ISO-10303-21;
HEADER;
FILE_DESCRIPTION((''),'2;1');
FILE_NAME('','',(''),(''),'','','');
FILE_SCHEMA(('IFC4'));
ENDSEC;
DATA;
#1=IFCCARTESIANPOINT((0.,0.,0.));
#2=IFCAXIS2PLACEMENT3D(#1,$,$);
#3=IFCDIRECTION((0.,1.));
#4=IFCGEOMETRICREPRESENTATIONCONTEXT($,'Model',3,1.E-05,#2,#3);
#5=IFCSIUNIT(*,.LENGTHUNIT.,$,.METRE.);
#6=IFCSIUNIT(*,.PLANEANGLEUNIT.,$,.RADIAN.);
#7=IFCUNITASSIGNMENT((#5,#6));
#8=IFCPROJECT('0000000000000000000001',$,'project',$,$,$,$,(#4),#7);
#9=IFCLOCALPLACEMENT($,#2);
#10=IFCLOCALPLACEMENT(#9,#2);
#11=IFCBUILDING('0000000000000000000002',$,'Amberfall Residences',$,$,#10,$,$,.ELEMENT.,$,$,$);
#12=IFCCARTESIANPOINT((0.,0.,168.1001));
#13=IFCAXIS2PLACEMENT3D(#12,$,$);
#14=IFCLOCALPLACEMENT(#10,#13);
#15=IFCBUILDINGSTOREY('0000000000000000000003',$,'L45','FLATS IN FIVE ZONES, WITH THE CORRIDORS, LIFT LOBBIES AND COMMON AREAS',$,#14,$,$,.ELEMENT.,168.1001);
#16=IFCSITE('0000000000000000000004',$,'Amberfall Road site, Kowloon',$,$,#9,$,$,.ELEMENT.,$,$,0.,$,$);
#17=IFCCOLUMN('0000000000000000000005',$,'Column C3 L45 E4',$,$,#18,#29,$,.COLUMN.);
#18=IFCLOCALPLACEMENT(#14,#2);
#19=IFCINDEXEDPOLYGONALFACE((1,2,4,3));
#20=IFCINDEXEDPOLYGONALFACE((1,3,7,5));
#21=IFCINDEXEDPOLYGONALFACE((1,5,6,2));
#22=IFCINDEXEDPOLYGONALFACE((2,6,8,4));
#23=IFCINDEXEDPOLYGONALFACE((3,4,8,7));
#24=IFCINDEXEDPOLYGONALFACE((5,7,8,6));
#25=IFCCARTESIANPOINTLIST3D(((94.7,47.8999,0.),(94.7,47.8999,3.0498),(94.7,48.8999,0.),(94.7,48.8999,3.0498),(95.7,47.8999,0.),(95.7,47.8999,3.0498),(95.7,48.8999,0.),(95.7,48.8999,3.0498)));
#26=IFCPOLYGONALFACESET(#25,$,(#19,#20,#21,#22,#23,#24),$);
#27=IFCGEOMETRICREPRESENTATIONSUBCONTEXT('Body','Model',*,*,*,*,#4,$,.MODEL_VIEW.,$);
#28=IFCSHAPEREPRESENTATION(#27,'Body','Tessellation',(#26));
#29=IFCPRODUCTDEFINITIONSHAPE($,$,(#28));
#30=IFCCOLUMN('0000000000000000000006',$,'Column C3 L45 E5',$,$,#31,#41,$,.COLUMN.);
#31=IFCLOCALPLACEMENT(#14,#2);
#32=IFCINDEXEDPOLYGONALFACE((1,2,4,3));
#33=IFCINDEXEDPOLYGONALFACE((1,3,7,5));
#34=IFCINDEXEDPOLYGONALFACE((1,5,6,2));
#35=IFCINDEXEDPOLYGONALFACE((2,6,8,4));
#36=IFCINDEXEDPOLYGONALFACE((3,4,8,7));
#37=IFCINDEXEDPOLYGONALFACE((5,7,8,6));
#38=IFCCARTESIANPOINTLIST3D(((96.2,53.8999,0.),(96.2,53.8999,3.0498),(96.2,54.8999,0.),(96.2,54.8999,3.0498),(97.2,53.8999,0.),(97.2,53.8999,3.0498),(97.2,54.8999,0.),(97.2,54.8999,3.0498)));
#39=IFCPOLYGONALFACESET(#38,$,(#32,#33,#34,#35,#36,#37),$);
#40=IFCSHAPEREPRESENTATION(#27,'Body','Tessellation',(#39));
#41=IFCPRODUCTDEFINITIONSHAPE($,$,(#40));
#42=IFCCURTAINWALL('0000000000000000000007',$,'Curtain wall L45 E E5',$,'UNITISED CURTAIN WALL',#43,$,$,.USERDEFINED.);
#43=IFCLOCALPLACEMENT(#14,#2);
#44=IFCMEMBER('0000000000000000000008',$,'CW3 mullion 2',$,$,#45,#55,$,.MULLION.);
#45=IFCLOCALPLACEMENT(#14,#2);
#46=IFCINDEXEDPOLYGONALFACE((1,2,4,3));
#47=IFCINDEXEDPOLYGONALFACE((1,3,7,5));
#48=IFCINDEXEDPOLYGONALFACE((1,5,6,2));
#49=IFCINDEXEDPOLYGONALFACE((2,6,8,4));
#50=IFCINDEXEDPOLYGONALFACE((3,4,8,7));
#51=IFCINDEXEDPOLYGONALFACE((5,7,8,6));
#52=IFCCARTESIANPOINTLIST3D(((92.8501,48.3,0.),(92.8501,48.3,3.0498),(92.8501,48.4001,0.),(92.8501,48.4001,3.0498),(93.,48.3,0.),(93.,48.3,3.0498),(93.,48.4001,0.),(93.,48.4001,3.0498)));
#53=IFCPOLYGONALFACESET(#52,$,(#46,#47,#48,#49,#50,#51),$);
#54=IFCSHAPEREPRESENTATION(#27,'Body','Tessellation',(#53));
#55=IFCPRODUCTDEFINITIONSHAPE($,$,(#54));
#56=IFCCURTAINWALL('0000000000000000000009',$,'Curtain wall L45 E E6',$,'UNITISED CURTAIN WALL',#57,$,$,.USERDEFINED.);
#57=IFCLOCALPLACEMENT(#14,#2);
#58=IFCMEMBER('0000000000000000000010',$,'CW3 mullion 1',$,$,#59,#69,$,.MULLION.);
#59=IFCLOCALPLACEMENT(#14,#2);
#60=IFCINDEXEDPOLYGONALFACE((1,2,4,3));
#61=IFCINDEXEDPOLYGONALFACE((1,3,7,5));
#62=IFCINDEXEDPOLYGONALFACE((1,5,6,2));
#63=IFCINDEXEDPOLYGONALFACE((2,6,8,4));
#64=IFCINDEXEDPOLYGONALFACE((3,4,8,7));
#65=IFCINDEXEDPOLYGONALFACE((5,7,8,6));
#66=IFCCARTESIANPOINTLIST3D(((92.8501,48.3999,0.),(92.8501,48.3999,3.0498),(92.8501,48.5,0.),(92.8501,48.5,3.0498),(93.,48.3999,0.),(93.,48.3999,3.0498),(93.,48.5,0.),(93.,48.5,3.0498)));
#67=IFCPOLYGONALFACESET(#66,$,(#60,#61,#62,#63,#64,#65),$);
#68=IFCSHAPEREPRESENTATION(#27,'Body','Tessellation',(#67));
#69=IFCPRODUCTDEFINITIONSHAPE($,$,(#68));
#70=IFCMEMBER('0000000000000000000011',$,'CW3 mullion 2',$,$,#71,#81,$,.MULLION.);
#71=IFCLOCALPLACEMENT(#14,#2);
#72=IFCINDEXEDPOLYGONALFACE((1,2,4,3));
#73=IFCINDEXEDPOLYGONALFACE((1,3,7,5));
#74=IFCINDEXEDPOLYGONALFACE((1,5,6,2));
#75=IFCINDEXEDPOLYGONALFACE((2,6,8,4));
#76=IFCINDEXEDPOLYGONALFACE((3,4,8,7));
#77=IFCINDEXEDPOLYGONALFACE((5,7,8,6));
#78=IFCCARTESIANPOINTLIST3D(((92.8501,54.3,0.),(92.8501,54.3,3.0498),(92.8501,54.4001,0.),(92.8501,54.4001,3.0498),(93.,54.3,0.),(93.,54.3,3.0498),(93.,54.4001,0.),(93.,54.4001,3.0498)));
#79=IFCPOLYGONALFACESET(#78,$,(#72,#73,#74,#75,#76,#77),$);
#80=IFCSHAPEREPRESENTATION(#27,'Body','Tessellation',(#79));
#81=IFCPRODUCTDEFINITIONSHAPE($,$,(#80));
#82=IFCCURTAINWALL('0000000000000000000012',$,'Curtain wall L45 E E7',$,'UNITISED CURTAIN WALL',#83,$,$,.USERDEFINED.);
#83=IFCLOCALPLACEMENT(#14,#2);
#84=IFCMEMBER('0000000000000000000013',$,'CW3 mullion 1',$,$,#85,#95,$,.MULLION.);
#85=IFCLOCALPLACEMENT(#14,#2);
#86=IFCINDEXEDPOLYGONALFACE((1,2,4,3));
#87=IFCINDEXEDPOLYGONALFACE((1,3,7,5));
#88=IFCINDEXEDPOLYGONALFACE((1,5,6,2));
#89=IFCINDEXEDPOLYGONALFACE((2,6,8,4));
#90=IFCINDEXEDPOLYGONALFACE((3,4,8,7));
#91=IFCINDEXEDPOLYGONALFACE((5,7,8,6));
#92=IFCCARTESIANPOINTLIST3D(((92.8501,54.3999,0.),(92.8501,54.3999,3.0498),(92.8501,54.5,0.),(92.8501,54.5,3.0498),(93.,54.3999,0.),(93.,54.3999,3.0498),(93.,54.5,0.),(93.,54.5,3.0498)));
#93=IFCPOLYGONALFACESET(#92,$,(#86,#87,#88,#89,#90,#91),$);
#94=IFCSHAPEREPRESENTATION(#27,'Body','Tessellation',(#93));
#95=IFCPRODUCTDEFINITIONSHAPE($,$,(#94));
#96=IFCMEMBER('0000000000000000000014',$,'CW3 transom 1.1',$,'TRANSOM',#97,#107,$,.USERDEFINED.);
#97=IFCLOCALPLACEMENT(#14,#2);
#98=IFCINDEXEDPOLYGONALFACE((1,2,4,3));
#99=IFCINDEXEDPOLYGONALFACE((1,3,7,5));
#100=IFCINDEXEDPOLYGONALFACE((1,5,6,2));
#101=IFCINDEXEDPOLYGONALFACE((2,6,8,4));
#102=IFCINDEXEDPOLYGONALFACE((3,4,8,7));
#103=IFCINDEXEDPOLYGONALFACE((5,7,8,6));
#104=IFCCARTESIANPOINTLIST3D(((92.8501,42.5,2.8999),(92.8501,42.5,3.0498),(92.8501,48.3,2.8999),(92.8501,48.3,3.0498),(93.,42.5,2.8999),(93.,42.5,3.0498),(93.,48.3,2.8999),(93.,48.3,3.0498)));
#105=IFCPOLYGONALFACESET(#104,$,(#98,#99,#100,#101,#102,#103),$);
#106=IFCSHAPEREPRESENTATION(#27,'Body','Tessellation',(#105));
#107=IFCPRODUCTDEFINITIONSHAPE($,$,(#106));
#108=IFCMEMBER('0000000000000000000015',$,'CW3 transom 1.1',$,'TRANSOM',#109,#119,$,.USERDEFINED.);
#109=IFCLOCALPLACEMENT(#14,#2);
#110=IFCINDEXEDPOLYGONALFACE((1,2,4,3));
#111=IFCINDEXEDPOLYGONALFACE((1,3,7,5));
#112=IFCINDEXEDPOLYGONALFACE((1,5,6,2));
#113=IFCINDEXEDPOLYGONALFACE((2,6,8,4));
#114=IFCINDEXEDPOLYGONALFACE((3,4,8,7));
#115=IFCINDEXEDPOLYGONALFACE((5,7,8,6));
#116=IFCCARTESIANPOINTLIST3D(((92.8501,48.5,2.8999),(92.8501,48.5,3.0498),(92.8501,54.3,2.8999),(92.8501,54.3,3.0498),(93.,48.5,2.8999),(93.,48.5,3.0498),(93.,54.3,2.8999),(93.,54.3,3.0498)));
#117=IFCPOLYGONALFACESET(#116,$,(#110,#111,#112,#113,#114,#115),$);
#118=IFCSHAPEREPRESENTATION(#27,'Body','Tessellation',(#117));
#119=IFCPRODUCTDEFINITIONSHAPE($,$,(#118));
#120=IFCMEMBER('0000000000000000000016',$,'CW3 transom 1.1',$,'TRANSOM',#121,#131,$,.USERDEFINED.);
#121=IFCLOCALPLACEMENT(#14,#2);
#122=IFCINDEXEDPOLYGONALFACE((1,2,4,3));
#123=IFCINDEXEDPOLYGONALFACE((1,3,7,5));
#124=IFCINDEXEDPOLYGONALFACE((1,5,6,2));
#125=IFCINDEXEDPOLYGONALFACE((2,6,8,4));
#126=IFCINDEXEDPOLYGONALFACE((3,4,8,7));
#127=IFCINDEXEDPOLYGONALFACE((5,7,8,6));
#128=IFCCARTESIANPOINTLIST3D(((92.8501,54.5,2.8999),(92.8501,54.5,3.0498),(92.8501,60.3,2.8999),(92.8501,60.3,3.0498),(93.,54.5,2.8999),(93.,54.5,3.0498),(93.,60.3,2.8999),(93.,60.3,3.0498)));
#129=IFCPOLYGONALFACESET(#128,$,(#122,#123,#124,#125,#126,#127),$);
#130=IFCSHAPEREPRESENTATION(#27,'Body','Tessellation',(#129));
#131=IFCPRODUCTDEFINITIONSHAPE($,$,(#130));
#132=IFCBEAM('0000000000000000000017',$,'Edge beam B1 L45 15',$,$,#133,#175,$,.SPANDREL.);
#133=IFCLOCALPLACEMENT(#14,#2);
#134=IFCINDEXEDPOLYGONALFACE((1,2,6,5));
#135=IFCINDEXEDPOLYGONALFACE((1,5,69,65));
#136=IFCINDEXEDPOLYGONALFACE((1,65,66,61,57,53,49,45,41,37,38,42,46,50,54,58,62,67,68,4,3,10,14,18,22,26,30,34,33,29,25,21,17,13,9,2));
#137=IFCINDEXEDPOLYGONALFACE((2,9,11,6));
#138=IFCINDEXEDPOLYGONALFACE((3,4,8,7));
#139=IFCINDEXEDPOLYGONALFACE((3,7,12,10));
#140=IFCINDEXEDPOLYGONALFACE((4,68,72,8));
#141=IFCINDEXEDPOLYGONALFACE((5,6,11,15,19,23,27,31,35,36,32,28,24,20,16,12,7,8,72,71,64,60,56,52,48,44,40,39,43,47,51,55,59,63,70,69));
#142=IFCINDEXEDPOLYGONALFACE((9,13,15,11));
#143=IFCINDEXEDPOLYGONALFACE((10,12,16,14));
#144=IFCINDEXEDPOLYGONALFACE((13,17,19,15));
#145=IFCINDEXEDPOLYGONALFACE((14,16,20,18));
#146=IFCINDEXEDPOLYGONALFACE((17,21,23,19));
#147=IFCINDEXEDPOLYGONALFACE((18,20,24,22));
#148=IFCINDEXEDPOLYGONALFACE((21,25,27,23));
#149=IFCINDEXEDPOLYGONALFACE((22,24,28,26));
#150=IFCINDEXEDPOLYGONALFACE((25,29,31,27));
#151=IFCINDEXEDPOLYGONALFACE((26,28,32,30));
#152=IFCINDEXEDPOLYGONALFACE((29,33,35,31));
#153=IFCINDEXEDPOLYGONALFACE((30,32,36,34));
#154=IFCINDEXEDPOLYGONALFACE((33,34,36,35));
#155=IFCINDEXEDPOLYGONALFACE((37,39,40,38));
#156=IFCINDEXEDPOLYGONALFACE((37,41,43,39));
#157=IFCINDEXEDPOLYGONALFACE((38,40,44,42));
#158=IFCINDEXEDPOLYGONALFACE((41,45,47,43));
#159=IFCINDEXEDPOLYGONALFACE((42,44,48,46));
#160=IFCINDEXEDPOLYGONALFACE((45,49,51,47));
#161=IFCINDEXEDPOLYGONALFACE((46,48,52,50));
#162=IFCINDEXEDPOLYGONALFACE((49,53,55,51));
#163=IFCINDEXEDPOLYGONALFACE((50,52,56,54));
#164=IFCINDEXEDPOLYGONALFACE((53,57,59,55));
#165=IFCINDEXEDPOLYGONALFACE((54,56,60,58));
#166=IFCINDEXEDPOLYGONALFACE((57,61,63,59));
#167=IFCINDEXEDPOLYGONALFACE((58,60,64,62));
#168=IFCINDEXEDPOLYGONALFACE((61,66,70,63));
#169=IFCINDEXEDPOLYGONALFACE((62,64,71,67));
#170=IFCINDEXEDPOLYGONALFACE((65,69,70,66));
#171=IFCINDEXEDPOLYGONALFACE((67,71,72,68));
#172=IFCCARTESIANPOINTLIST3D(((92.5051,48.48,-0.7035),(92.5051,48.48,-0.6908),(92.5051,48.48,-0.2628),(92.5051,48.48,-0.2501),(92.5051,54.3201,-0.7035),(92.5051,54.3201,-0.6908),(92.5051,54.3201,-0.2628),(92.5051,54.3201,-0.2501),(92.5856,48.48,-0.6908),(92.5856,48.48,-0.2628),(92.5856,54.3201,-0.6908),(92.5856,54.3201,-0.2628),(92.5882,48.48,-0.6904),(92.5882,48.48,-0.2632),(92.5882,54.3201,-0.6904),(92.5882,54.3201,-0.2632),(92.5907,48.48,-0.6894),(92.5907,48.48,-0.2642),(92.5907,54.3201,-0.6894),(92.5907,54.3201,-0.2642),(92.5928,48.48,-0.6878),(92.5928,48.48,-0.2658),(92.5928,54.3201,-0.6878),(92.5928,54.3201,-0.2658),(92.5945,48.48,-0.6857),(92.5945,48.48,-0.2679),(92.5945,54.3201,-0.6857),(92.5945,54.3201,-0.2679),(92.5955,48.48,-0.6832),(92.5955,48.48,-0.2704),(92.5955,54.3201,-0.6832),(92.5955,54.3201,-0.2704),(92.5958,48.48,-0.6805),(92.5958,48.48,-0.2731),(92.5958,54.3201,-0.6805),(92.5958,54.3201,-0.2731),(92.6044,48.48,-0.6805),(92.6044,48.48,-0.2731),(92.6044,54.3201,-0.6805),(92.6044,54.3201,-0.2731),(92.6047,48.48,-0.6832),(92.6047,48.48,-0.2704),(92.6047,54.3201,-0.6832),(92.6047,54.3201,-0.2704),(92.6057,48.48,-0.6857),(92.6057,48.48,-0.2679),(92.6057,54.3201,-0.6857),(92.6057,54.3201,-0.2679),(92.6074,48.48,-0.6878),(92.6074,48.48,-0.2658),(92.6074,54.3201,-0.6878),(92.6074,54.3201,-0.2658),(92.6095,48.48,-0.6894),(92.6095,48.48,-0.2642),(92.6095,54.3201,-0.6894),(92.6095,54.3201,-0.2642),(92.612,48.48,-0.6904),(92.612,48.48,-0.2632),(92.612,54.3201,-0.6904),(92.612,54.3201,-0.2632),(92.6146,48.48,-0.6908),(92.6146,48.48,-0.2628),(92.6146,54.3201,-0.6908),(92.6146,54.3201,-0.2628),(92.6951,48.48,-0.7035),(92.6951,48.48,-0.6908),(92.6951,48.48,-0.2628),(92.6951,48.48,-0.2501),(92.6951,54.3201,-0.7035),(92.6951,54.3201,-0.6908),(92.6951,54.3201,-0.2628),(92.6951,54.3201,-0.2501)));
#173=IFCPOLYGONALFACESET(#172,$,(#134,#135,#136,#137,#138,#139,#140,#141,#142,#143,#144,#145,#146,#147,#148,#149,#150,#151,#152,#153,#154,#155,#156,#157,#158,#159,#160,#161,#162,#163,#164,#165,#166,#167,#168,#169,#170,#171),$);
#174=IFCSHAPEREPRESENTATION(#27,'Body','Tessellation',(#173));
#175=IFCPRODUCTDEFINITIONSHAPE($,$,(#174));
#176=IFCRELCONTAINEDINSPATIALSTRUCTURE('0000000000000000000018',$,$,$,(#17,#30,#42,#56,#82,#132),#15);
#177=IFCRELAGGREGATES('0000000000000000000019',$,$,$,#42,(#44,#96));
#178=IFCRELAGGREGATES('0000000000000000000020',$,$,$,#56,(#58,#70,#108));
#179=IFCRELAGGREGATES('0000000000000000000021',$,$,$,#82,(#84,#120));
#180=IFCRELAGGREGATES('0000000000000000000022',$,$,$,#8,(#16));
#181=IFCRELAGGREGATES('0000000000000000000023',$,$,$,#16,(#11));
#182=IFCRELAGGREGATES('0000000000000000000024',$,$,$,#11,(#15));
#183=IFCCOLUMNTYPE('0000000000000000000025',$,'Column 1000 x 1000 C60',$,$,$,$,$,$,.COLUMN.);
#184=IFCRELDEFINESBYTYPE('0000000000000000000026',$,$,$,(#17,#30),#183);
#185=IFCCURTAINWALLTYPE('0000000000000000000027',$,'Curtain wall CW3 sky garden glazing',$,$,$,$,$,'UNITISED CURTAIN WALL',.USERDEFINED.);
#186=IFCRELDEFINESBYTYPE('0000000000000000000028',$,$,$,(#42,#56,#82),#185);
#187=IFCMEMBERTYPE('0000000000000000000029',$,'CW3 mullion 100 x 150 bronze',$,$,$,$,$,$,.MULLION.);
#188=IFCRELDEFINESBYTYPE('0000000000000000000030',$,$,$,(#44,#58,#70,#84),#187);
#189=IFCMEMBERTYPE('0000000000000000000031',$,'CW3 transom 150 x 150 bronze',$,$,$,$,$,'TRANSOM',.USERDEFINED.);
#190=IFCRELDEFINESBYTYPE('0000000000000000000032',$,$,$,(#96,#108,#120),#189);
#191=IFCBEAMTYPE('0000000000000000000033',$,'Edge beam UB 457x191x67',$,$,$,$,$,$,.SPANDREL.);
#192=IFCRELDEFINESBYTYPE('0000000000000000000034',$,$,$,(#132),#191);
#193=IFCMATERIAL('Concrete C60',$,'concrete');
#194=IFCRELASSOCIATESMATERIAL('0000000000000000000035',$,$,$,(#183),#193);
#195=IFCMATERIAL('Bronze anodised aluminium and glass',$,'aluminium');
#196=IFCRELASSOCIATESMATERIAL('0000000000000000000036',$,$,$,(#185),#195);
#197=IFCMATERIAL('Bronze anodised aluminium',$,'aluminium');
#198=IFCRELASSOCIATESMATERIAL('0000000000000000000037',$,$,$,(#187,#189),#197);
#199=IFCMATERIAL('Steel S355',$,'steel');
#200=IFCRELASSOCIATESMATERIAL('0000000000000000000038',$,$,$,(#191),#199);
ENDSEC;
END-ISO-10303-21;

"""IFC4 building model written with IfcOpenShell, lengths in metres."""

from ifc_helpers import new_model, si_unit, direction, frame, origin, origin_2d, place, context, subcontext, project, spatial, rectangle, i_section, extrude, material, material_profile, profile_set, type_object, element, aggregate, save


model = new_model("IFC4")

# Units and contexts
model_context = context("Model", 3, precision=1e-05, world=origin(), true_north=direction((0.0, 1.0)))
body_context = subcontext(model_context, "Body", "Model", "MODEL_VIEW")
ifc_project = project(units=[si_unit("LENGTHUNIT", "METRE"), si_unit("PLANEANGLEUNIT", "RADIAN")], contexts=[model_context])

# Site, building, storey
site_placement = place(None, origin())
site = spatial("IfcSite", under=ifc_project, at=site_placement, Name="Amberfall Road site, Kowloon", CompositionType="ELEMENT", RefElevation=0.0)
building_placement = place(site_placement, origin())
building = spatial("IfcBuilding", under=site, at=building_placement, Name="Amberfall Residences", CompositionType="ELEMENT")
storey_placement = place(building_placement, frame((0.0, 0.0, 168.1001)))
storey = spatial("IfcBuildingStorey", under=building, at=storey_placement, Name="L45", Description="FLATS IN FIVE ZONES, WITH THE CORRIDORS, LIFT LOBBIES AND COMMON AREAS", CompositionType="ELEMENT", Elevation=168.1001)

# Columns
ifc_material_1 = material(Name="Concrete C60", Category="concrete")
ifc_material_profile_1 = material_profile(ifc_material_1, rectangle(XDim=1.0, YDim=1.0, at=origin_2d()), Name="Column 1000 x 1000 C60")
ifc_profile_set_1 = profile_set([ifc_material_profile_1], Name="Concrete C60")
column_type = type_object("IfcColumnType", Name="Column 1000 x 1000 C60", PredefinedType="COLUMN", material=ifc_profile_set_1)
for number, where, z_axis, x_axis, name in (
    (1, (95.2, 48.3999, 0.0), (0.0, 0.0, 1.0), (1.0, 0.0, 0.0), "Column C3 L45 E4"),
    (2, (96.7, 54.3999, 0.0), (0.0, 0.0, 1.0), (1.0, 0.0, 0.0), "Column C3 L45 E5"),
):
    element("IfcColumn", number, at=place(storey_placement, frame(where, z_axis=z_axis, x_axis=x_axis)), inside=storey, type_object=column_type, Name=name, PredefinedType="COLUMN", context=body_context, shape_type="SweptSolid", body=[
        extrude(rectangle(XDim=1.0, YDim=1.0, at=origin_2d()), origin(), (0.0, 0.0, 1.0), 3.0498),
    ])

# Curtain wall, member
ifc_material_2 = material(Name="Bronze anodised aluminium and glass", Category="aluminium")
curtain_wall_type = type_object("IfcCurtainWallType", Name="Curtain wall CW3 sky garden glazing", ElementType="UNITISED CURTAIN WALL", PredefinedType="USERDEFINED", material=ifc_material_2)
curtain_wall_1_placement = place(storey_placement, origin())
curtain_wall_1 = element("IfcCurtainWall", 3, at=curtain_wall_1_placement, inside=storey, type_object=curtain_wall_type, Name="Curtain wall L45 E E5", ObjectType="UNITISED CURTAIN WALL", PredefinedType="USERDEFINED")
ifc_material_3 = material(Name="Bronze anodised aluminium", Category="aluminium")
ifc_material_profile_2 = material_profile(ifc_material_3, rectangle(XDim=0.1499, YDim=0.1001, at=origin_2d()), Name="CW3 mullion 100 x 150 bronze")
ifc_profile_set_2 = profile_set([ifc_material_profile_2], Name="Bronze anodised aluminium")
member_type_1 = type_object("IfcMemberType", Name="CW3 mullion 100 x 150 bronze", PredefinedType="MULLION", material=ifc_profile_set_2)
member_1_placement = place(storey_placement, frame((92.925, 48.3501, 0.0), z_axis=(0.0, 0.0, 1.0), x_axis=(-1.0, 0.0, 0.0)))
member_1 = element("IfcMember", 4, at=member_1_placement, type_object=member_type_1, Name="CW3 mullion 2", PredefinedType="MULLION", context=body_context, shape_type="SweptSolid", body=[
    extrude(rectangle(XDim=0.1499, YDim=0.1001, at=origin_2d()), origin(), (0.0, 0.0, 1.0), 3.0498),
])

# Curtain wall, members
curtain_wall_2_placement = place(storey_placement, origin())
curtain_wall_2 = element("IfcCurtainWall", 5, at=curtain_wall_2_placement, inside=storey, type_object=curtain_wall_type, Name="Curtain wall L45 E E6", ObjectType="UNITISED CURTAIN WALL", PredefinedType="USERDEFINED")
member_2_placement = place(storey_placement, frame((92.925, 48.45, 0.0), z_axis=(0.0, 0.0, 1.0), x_axis=(-1.0, 0.0, 0.0)))
member_2 = element("IfcMember", 6, at=member_2_placement, type_object=member_type_1, Name="CW3 mullion 1", PredefinedType="MULLION", context=body_context, shape_type="SweptSolid", body=[
    extrude(rectangle(XDim=0.1499, YDim=0.1001, at=origin_2d()), origin(), (0.0, 0.0, 1.0), 3.0498),
])
member_3_placement = place(storey_placement, frame((92.925, 54.3501, 0.0), z_axis=(0.0, 0.0, 1.0), x_axis=(-1.0, 0.0, 0.0)))
member_3 = element("IfcMember", 7, at=member_3_placement, type_object=member_type_1, Name="CW3 mullion 2", PredefinedType="MULLION", context=body_context, shape_type="SweptSolid", body=[
    extrude(rectangle(XDim=0.1499, YDim=0.1001, at=origin_2d()), origin(), (0.0, 0.0, 1.0), 3.0498),
])

# Curtain wall, member
curtain_wall_3_placement = place(storey_placement, origin())
curtain_wall_3 = element("IfcCurtainWall", 8, at=curtain_wall_3_placement, inside=storey, type_object=curtain_wall_type, Name="Curtain wall L45 E E7", ObjectType="UNITISED CURTAIN WALL", PredefinedType="USERDEFINED")
member_4_placement = place(storey_placement, frame((92.925, 54.45, 0.0), z_axis=(0.0, 0.0, 1.0), x_axis=(-1.0, 0.0, 0.0)))
member_4 = element("IfcMember", 9, at=member_4_placement, type_object=member_type_1, Name="CW3 mullion 1", PredefinedType="MULLION", context=body_context, shape_type="SweptSolid", body=[
    extrude(rectangle(XDim=0.1499, YDim=0.1001, at=origin_2d()), origin(), (0.0, 0.0, 1.0), 3.0498),
])

# Members
ifc_material_profile_3 = material_profile(ifc_material_3, rectangle(XDim=0.1499, YDim=0.1499, at=origin_2d()), Name="CW3 transom 150 x 150 bronze")
ifc_profile_set_3 = profile_set([ifc_material_profile_3], Name="Bronze anodised aluminium")
member_type_2 = type_object("IfcMemberType", Name="CW3 transom 150 x 150 bronze", ElementType="TRANSOM", PredefinedType="USERDEFINED", material=ifc_profile_set_3)
member_5_placement = place(storey_placement, frame((92.925, 42.5, 2.9749), z_axis=(0.0, 1.0, 0.0), x_axis=(-1.0, 0.0, 0.0)))
member_5 = element("IfcMember", 10, at=member_5_placement, type_object=member_type_2, Name="CW3 transom 1.1", ObjectType="TRANSOM", PredefinedType="USERDEFINED", context=body_context, shape_type="SweptSolid", body=[
    extrude(rectangle(XDim=0.1499, YDim=0.1499, at=origin_2d()), origin(), (0.0, 0.0, 1.0), 5.8),
])
member_6_placement = place(storey_placement, frame((92.925, 48.5, 2.9749), z_axis=(0.0, 1.0, 0.0), x_axis=(-1.0, 0.0, 0.0)))
member_6 = element("IfcMember", 11, at=member_6_placement, type_object=member_type_2, Name="CW3 transom 1.1", ObjectType="TRANSOM", PredefinedType="USERDEFINED", context=body_context, shape_type="SweptSolid", body=[
    extrude(rectangle(XDim=0.1499, YDim=0.1499, at=origin_2d()), origin(), (0.0, 0.0, 1.0), 5.8),
])
member_7_placement = place(storey_placement, frame((92.925, 54.5, 2.9749), z_axis=(0.0, 1.0, 0.0), x_axis=(-1.0, 0.0, 0.0)))
member_7 = element("IfcMember", 12, at=member_7_placement, type_object=member_type_2, Name="CW3 transom 1.1", ObjectType="TRANSOM", PredefinedType="USERDEFINED", context=body_context, shape_type="SweptSolid", body=[
    extrude(rectangle(XDim=0.1499, YDim=0.1499, at=origin_2d()), origin(), (0.0, 0.0, 1.0), 5.8),
])

# Beam
ifc_material_4 = material(Name="Steel S355", Category="steel")
ifc_material_profile_4 = material_profile(ifc_material_4, i_section(OverallWidth=0.1899, OverallDepth=0.4534, WebThickness=0.0085, FlangeThickness=0.0127, FilletRadius=0.0103, at=origin_2d()), Name="UB 457x191x67")
ifc_profile_set_4 = profile_set([ifc_material_profile_4], Name="Steel S355")
beam_type_1 = type_object("IfcBeamType", Name="Edge beam UB 457x191x67", PredefinedType="SPANDREL", material=ifc_profile_set_4)
for number, where, z_axis, x_axis, name in (
    (13, (92.6001, 48.48, -0.4768), (0.0, 1.0, 0.0), (-1.0, 0.0, 0.0), "Edge beam B1 L45 15"),
):
    element("IfcBeam", number, at=place(storey_placement, frame(where, z_axis=z_axis, x_axis=x_axis)), inside=storey, type_object=beam_type_1, Name=name, PredefinedType="SPANDREL", context=body_context, shape_type="SweptSolid", body=[
        extrude(i_section(OverallWidth=0.1899, OverallDepth=0.4534, WebThickness=0.0085, FlangeThickness=0.0127, FilletRadius=0.0103, at=origin_2d()), origin(), (0.0, 0.0, 1.0), 5.8401),
    ])

aggregate(curtain_wall_1, [member_1, member_5])
aggregate(curtain_wall_2, [member_2, member_3, member_6])
aggregate(curtain_wall_3, [member_4, member_7])

save(model, "model.ifc")
